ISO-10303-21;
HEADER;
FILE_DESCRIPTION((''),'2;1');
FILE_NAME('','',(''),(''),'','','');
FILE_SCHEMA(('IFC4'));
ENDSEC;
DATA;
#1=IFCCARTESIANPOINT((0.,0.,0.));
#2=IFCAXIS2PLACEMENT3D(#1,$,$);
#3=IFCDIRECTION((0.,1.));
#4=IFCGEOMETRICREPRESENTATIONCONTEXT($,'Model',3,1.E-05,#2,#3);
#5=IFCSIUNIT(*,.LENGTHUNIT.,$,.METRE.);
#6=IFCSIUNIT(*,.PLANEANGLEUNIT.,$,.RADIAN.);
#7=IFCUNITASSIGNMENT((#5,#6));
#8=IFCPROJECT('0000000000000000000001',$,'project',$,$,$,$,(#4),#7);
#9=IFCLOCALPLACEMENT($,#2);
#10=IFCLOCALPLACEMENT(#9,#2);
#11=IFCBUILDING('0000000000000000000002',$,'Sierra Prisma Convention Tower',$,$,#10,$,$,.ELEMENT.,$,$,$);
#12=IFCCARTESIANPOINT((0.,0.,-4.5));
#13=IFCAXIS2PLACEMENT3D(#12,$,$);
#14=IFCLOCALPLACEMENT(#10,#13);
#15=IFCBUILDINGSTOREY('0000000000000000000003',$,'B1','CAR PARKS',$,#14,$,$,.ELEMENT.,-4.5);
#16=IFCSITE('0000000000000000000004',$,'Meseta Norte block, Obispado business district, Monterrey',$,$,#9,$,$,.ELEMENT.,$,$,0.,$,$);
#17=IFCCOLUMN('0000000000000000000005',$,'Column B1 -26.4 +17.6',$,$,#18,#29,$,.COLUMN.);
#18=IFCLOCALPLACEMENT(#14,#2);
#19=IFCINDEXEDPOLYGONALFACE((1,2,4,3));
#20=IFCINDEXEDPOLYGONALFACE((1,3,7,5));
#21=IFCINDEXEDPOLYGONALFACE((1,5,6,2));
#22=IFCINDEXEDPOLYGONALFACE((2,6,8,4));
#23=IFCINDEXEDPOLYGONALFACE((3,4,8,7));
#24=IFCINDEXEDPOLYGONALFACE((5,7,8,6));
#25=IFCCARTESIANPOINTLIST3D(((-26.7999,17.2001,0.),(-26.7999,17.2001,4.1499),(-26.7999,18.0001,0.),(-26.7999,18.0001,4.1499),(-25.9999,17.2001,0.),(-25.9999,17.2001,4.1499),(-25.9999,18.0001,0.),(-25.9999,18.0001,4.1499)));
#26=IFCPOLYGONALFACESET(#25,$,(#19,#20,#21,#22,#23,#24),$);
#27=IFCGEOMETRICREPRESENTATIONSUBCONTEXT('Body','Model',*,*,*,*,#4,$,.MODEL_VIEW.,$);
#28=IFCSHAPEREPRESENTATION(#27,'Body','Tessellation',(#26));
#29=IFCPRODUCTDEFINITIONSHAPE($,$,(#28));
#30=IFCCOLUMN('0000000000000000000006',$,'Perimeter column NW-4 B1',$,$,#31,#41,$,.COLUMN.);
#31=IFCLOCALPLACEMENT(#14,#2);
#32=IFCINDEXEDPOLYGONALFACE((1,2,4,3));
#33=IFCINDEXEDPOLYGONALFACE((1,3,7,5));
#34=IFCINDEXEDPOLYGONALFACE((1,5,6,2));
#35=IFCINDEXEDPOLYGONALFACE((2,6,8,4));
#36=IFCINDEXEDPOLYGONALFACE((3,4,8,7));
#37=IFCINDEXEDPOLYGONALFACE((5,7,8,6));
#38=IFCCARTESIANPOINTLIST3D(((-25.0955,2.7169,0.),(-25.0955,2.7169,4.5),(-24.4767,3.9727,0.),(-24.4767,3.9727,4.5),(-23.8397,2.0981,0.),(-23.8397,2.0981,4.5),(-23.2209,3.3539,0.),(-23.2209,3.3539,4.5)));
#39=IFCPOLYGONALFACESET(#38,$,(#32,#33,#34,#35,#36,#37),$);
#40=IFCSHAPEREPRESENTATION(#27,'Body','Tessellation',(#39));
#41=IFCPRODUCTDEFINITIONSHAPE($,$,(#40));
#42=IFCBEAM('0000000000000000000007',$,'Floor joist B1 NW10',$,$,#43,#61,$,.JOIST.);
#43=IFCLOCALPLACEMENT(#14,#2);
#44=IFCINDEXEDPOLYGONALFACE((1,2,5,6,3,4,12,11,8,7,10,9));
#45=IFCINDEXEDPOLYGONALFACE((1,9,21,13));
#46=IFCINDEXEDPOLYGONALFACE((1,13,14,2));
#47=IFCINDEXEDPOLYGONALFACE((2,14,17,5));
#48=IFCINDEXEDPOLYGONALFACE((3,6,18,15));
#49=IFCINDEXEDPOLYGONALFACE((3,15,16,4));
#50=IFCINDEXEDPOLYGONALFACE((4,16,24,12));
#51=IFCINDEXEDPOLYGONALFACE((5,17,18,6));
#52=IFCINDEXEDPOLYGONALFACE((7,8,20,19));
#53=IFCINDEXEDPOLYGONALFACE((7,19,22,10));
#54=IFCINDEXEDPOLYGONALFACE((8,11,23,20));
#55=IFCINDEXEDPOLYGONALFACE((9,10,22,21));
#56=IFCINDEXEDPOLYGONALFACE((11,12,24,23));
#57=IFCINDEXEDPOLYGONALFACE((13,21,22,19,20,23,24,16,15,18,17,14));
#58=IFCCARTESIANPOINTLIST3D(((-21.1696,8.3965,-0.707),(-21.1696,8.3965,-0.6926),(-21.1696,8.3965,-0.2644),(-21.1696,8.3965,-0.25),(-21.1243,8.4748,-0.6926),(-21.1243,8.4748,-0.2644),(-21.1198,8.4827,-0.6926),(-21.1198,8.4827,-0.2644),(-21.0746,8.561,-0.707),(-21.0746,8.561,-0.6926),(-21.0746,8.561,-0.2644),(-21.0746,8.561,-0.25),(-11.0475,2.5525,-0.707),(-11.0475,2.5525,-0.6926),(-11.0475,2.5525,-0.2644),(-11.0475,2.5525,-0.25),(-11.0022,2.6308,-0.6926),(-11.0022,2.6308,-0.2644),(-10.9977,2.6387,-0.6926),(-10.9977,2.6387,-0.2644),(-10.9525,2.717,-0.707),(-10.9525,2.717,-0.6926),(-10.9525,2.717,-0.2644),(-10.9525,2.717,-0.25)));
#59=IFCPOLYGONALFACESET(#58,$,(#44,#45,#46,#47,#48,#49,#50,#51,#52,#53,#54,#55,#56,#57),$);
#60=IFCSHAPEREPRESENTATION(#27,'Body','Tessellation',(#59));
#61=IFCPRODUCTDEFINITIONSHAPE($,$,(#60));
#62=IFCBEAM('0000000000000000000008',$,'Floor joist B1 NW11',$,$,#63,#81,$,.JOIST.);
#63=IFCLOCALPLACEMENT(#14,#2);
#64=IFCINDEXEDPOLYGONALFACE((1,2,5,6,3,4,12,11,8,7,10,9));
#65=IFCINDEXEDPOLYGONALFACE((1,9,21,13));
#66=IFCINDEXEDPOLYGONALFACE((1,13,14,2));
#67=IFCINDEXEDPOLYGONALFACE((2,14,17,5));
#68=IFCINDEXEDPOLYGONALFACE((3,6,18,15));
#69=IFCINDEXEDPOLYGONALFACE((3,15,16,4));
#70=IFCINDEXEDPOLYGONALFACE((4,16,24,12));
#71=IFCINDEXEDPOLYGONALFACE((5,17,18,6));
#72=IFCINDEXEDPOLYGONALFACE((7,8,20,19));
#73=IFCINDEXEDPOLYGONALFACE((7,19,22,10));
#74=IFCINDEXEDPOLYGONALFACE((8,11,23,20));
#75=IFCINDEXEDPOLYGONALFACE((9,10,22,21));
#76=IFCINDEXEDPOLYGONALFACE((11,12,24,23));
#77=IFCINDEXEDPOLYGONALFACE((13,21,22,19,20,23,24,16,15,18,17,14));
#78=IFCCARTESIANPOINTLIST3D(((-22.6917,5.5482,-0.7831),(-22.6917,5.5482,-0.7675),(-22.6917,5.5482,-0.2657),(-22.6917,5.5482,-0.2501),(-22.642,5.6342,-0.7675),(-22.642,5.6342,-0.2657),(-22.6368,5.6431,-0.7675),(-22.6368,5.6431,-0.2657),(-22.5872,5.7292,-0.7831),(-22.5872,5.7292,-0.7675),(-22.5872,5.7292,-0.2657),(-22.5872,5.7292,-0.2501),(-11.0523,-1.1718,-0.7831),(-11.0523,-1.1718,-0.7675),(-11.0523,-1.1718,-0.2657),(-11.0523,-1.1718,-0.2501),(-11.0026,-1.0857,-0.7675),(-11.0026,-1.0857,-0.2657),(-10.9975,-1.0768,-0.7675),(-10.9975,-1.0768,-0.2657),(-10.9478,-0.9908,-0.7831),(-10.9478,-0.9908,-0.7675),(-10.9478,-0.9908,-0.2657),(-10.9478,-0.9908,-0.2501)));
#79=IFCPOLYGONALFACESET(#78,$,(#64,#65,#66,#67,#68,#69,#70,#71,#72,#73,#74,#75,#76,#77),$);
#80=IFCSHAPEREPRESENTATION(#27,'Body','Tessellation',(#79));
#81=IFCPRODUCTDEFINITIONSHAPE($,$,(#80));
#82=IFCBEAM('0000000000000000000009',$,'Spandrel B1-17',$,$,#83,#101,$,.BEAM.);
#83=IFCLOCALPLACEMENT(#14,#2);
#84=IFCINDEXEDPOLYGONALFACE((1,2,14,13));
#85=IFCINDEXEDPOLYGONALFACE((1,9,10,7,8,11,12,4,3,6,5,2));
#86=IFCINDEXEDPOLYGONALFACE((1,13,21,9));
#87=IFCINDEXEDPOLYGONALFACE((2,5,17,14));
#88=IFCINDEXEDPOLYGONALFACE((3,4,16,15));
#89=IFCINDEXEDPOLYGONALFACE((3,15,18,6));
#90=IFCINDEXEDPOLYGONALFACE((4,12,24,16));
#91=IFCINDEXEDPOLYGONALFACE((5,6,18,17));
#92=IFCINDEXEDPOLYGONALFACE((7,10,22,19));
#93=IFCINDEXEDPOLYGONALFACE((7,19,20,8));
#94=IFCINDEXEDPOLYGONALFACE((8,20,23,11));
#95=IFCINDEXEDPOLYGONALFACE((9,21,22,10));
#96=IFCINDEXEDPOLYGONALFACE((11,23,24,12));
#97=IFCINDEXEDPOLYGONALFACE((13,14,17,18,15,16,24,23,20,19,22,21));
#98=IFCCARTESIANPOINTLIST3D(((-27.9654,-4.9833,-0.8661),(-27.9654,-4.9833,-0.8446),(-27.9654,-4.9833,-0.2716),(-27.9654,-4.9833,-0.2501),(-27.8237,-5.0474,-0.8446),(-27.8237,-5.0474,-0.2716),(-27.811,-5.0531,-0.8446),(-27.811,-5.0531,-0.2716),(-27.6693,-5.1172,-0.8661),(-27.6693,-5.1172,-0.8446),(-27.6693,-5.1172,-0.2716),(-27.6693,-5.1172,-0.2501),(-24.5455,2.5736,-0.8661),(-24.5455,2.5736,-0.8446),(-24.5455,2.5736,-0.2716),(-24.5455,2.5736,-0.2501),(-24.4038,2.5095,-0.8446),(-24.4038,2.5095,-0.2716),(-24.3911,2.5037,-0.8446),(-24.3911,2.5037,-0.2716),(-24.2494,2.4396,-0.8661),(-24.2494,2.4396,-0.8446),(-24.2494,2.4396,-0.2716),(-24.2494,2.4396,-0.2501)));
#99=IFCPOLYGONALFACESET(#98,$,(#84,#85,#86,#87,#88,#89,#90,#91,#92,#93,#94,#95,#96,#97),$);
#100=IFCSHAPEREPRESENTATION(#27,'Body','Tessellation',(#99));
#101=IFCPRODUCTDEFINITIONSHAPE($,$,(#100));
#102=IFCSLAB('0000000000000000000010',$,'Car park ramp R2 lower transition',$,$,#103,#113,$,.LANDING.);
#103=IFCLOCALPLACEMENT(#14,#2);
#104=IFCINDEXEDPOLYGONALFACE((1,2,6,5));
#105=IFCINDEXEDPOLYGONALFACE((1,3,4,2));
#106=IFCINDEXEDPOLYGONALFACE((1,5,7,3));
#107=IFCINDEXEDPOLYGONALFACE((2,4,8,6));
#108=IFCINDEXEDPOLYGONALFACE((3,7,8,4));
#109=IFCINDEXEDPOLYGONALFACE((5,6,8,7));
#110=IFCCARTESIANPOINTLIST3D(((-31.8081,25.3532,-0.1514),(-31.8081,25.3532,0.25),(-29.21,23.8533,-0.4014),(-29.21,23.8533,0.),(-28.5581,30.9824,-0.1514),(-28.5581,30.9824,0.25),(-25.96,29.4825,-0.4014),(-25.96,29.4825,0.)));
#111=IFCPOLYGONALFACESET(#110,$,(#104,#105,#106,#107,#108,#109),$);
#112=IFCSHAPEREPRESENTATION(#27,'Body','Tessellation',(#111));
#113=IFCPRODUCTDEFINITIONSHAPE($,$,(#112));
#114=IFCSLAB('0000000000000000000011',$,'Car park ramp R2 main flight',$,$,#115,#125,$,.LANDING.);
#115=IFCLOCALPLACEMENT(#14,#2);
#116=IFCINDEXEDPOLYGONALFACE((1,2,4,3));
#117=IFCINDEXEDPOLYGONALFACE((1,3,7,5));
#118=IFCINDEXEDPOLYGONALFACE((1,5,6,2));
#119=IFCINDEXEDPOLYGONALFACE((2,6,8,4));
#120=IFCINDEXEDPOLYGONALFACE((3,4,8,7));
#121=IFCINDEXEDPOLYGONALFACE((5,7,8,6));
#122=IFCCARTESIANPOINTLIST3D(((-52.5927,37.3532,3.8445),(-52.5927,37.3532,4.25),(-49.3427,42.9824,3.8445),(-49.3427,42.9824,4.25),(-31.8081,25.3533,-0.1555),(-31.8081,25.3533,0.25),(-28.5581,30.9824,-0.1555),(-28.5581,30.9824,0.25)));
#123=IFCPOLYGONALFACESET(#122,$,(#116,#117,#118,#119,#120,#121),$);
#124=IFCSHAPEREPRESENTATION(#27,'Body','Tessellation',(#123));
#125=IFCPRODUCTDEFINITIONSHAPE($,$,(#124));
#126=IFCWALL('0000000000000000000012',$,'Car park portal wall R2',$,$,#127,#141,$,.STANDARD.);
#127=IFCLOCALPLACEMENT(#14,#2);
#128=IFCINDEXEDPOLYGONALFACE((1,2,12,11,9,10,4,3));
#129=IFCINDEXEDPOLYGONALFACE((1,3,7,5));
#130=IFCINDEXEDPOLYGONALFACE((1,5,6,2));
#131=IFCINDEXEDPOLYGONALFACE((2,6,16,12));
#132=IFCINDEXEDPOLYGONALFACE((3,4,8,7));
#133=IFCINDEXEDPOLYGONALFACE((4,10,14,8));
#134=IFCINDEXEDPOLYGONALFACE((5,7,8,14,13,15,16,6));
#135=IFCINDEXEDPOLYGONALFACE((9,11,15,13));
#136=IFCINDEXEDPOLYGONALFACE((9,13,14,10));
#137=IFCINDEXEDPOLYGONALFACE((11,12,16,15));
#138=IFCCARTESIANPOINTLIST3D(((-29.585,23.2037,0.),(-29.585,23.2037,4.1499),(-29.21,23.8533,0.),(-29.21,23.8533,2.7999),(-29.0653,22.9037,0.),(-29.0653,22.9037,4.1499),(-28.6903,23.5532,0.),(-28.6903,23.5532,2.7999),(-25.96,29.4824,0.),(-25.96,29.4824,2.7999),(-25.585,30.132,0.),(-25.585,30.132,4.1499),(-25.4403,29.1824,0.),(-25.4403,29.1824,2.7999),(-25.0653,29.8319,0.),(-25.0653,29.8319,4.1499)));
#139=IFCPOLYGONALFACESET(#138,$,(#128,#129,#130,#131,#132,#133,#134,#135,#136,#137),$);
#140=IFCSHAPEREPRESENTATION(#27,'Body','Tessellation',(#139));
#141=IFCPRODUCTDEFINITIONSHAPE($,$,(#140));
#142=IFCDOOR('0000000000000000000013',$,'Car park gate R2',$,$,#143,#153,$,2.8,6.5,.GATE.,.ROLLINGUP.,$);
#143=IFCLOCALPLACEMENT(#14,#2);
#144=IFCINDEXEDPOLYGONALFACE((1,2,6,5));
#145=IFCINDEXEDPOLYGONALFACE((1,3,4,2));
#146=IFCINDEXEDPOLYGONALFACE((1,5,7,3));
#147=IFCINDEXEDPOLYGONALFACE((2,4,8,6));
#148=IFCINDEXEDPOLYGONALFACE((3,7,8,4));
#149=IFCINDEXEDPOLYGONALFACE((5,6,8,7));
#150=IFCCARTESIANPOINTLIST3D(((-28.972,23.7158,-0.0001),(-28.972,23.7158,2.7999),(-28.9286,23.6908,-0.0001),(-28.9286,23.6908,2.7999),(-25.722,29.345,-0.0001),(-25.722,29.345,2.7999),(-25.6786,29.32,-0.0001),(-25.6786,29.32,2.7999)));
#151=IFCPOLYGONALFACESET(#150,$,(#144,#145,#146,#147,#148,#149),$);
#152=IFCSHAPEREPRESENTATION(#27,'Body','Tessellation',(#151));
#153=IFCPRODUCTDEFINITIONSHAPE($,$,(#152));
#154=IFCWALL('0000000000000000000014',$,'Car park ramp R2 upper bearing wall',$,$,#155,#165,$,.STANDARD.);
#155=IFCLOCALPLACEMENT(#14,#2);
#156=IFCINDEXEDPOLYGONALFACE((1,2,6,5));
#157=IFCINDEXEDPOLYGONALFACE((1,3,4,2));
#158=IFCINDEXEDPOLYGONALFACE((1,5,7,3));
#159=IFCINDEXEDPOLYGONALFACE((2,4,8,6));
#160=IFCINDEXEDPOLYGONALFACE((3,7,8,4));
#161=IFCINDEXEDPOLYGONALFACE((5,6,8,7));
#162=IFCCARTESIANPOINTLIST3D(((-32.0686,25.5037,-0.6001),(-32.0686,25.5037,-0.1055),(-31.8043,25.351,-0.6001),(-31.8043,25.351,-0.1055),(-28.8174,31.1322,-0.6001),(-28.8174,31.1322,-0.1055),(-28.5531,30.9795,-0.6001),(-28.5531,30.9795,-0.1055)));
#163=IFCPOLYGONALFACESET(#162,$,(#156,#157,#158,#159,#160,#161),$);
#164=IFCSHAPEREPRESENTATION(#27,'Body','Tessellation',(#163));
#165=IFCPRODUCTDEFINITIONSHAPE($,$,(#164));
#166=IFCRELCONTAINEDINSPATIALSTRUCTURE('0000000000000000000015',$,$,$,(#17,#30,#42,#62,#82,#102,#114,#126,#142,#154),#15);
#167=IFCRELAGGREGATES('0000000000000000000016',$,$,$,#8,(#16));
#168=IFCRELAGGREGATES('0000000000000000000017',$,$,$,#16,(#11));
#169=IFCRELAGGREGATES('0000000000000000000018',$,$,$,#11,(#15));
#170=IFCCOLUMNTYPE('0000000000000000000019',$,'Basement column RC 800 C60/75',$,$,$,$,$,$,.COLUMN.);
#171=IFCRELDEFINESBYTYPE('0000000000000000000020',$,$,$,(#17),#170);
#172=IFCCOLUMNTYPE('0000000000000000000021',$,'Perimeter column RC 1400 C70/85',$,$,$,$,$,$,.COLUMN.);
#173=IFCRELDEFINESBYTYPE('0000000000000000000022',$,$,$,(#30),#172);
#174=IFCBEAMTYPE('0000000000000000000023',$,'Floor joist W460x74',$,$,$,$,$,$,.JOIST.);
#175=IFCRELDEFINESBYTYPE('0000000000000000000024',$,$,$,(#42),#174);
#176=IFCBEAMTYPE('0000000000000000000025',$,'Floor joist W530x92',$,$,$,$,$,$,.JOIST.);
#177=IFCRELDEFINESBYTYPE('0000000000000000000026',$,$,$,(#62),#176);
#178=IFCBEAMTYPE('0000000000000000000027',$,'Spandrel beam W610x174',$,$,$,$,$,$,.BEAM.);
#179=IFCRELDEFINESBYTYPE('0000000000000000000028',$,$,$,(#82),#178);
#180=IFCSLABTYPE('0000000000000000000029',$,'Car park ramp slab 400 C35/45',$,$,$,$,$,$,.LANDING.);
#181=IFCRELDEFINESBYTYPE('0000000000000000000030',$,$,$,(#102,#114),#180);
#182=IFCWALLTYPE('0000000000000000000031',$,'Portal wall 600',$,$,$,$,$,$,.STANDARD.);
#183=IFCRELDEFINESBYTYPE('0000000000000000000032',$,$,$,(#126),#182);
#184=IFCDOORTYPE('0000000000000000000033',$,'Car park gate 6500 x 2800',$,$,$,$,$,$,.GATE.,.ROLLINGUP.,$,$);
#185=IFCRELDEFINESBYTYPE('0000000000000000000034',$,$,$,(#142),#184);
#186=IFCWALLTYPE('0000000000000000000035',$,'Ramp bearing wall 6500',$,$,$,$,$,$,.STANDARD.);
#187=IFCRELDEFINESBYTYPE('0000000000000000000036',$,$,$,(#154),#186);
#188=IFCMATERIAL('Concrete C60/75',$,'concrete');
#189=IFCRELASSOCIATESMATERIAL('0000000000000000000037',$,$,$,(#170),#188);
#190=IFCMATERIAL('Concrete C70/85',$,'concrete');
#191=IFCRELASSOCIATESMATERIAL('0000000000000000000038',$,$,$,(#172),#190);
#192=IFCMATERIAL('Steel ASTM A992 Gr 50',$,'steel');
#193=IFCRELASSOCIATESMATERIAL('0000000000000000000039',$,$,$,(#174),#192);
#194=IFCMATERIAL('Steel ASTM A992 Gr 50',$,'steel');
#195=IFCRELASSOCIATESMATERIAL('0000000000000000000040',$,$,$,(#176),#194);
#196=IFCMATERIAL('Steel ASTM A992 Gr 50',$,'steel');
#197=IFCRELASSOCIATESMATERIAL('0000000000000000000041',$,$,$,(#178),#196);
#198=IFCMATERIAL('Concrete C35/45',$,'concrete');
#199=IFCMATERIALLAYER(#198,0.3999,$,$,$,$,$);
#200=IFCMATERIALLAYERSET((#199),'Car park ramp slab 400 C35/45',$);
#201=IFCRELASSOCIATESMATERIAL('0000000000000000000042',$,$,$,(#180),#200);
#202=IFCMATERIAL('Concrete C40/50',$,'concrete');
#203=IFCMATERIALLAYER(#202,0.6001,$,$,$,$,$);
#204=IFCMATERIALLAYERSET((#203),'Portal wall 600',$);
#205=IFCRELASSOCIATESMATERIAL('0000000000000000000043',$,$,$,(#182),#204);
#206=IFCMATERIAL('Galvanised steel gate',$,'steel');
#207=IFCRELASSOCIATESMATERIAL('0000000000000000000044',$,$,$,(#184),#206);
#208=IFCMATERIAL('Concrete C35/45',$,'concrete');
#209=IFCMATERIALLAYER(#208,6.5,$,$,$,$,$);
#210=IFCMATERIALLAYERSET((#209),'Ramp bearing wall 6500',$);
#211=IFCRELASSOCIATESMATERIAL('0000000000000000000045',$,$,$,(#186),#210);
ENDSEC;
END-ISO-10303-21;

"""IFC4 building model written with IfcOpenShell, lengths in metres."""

from ifc_helpers import new_model, si_unit, direction, frame, frame_2d, origin, origin_2d, place, context, subcontext, project, spatial, polyline, rectangle, i_section, outline, extrude, material, layer, layer_set, material_profile, profile_set, type_object, element, fill, save


model = new_model("IFC4")

# Units and contexts
model_context = context("Model", 3, precision=1e-05, world=origin(), true_north=direction((0.0, 1.0)))
body_context = subcontext(model_context, "Body", "Model", "MODEL_VIEW")
ifc_project = project(units=[si_unit("LENGTHUNIT", "METRE"), si_unit("PLANEANGLEUNIT", "RADIAN")], contexts=[model_context])

# Site, building, storey
site_placement = place(None, origin())
site = spatial("IfcSite", under=ifc_project, at=site_placement, Name="Meseta Norte block, Obispado business district, Monterrey", CompositionType="ELEMENT", RefElevation=0.0)
building_placement = place(site_placement, origin())
building = spatial("IfcBuilding", under=site, at=building_placement, Name="Sierra Prisma Convention Tower", CompositionType="ELEMENT")
storey_placement = place(building_placement, frame((0.0, 0.0, -4.5)))
storey = spatial("IfcBuildingStorey", under=building, at=storey_placement, Name="B1", Description="CAR PARKS", CompositionType="ELEMENT", Elevation=-4.5)

# Columns
ifc_material_1 = material(Name="Concrete C60/75", Category="concrete")
ifc_material_profile_1 = material_profile(ifc_material_1, rectangle(XDim=0.8, YDim=0.8, at=origin_2d()), Name="Basement column RC 800 C60/75")
ifc_profile_set_1 = profile_set([ifc_material_profile_1], Name="Concrete C60/75")
column_type_1 = type_object("IfcColumnType", Name="Basement column RC 800 C60/75", PredefinedType="COLUMN", material=ifc_profile_set_1)
column_1_placement = place(storey_placement, frame((-26.3999, 17.6001, 0.0), z_axis=(0.0, 0.0, 1.0), x_axis=(1.0, 0.0, 0.0)))
element("IfcColumn", 1, at=column_1_placement, inside=storey, type_object=column_type_1, Name="Column B1 -26.4 +17.6", PredefinedType="COLUMN", context=body_context, shape_type="SweptSolid", body=[
    extrude(rectangle(XDim=0.8, YDim=0.8, at=origin_2d()), origin(), (0.0, 0.0, 1.0), 4.1499),
])
ifc_material_2 = material(Name="Concrete C70/85", Category="concrete")
ifc_material_profile_2 = material_profile(ifc_material_2, rectangle(XDim=1.3999, YDim=1.3999, at=origin_2d()), Name="Perimeter column RC 1400 C70/85")
ifc_profile_set_2 = profile_set([ifc_material_profile_2], Name="Concrete C70/85")
column_type_2 = type_object("IfcColumnType", Name="Perimeter column RC 1400 C70/85", PredefinedType="COLUMN", material=ifc_profile_set_2)
column_2_placement = place(storey_placement, frame((-24.1582, 3.0354, 0.0), z_axis=(0.0, 0.0, 1.0), x_axis=(0.442023, 0.897004, 0.0)))
element("IfcColumn", 2, at=column_2_placement, inside=storey, type_object=column_type_2, Name="Perimeter column NW-4 B1", PredefinedType="COLUMN", context=body_context, shape_type="SweptSolid", body=[
    extrude(rectangle(XDim=1.3999, YDim=1.3999, at=origin_2d()), origin(), (0.0, 0.0, 1.0), 4.5),
])

# Beams
ifc_material_3 = material(Name="Steel ASTM A992 Gr 50", Category="steel")
ifc_material_profile_3 = material_profile(ifc_material_3, i_section(OverallWidth=0.1899, OverallDepth=0.457, WebThickness=0.009, FlangeThickness=0.0144, at=origin_2d()), Name="W460x74")
ifc_profile_set_3 = profile_set([ifc_material_profile_3], Name="Steel ASTM A992 Gr 50")
beam_type_1 = type_object("IfcBeamType", Name="Floor joist W460x74", PredefinedType="JOIST", material=ifc_profile_set_3)
beam_1_placement = place(storey_placement, frame((-21.1221, 8.4788, -0.4785), z_axis=(0.866025, -0.500001, 0.0), x_axis=(0.500001, 0.866025, 0.0)))
element("IfcBeam", 3, at=beam_1_placement, inside=storey, type_object=beam_type_1, Name="Floor joist B1 NW10", PredefinedType="JOIST", context=body_context, shape_type="SweptSolid", body=[
    extrude(i_section(OverallWidth=0.1899, OverallDepth=0.457, WebThickness=0.009, FlangeThickness=0.0144, at=origin_2d()), origin(), (0.0, 0.0, 1.0), 11.688),
])
ifc_material_4 = material(Name="Steel ASTM A992 Gr 50", Category="steel")
ifc_material_profile_4 = material_profile(ifc_material_4, i_section(OverallWidth=0.209, OverallDepth=0.533, WebThickness=0.0103, FlangeThickness=0.0156, at=origin_2d()), Name="W530x92")
ifc_profile_set_4 = profile_set([ifc_material_profile_4], Name="Steel ASTM A992 Gr 50")
beam_type_2 = type_object("IfcBeamType", Name="Floor joist W530x92", PredefinedType="JOIST", material=ifc_profile_set_4)
beam_2_placement = place(storey_placement, frame((-22.6394, 5.6387, -0.5166), z_axis=(0.866027, -0.499998, 0.0), x_axis=(0.499998, 0.866027, 0.0)))
element("IfcBeam", 4, at=beam_2_placement, inside=storey, type_object=beam_type_2, Name="Floor joist B1 NW11", PredefinedType="JOIST", context=body_context, shape_type="SweptSolid", body=[
    extrude(i_section(OverallWidth=0.209, OverallDepth=0.533, WebThickness=0.0103, FlangeThickness=0.0156, at=origin_2d()), origin(), (0.0, 0.0, 1.0), 13.4399),
])
ifc_material_5 = material(Name="Steel ASTM A992 Gr 50", Category="steel")
ifc_material_profile_5 = material_profile(ifc_material_5, i_section(OverallWidth=0.325, OverallDepth=0.616, WebThickness=0.0139, FlangeThickness=0.0215, at=origin_2d()), Name="W610x174")
ifc_profile_set_5 = profile_set([ifc_material_profile_5], Name="Steel ASTM A992 Gr 50")
beam_type_3 = type_object("IfcBeamType", Name="Spandrel beam W610x174", PredefinedType="BEAM", material=ifc_profile_set_5)
beam_3_placement = place(storey_placement, frame((-24.3975, 2.5066, -0.5581), z_axis=(-0.412301, -0.911048, 0.0), x_axis=(0.911048, -0.412301, 0.0)))
element("IfcBeam", 5, at=beam_3_placement, inside=storey, type_object=beam_type_3, Name="Spandrel B1-17", PredefinedType="BEAM", context=body_context, shape_type="SweptSolid", body=[
    extrude(i_section(OverallWidth=0.325, OverallDepth=0.616, WebThickness=0.0139, FlangeThickness=0.0215, at=origin_2d()), origin(), (0.0, 0.0, 1.0), 8.2947),
])

# Slabs
ifc_material_6 = material(Name="Concrete C35/45", Category="concrete")
ifc_layer_1 = layer(ifc_material_6, 0.3999)
ifc_layer_set_1 = layer_set([ifc_layer_1], Name="Car park ramp slab 400 C35/45")
slab_type = type_object("IfcSlabType", Name="Car park ramp slab 400 C35/45", PredefinedType="LANDING", material=ifc_layer_set_1)
slab_1_placement = place(storey_placement, frame((-29.21, 23.8533, 0.0), z_axis=(0.0, 0.0, 1.0), x_axis=(-0.866031, 0.49999, 0.0)))
element("IfcSlab", 6, at=slab_1_placement, inside=storey, type_object=slab_type, Name="Car park ramp R2 lower transition", PredefinedType="LANDING", context=body_context, shape_type="SweptSolid", body=[
    extrude(outline(polyline([(0.0, -0.4014), (3.0, -0.1514), (3.0, 0.25), (0.0, 0.0), (0.0, -0.4014)])), frame((0.0, 0.0, 0.0), z_axis=(0.0, -1.0, 0.0), x_axis=(1.0, 0.0, 0.0)), (0.0, 0.0, 1.0), 6.5),
])
slab_2_placement = place(storey_placement, frame((-31.8081, 25.3533, 0.25), z_axis=(0.0, 0.0, 1.0), x_axis=(-0.866026, 0.499999, 0.0)))
element("IfcSlab", 7, at=slab_2_placement, inside=storey, type_object=slab_type, Name="Car park ramp R2 main flight", PredefinedType="LANDING", context=body_context, shape_type="SweptSolid", body=[
    extrude(outline(polyline([(0.0, -0.4055), (24.0, 3.5945), (24.0, 4.0), (0.0, 0.0), (0.0, -0.4055)])), frame((0.0, 0.0, 0.0), z_axis=(0.0, -1.0, 0.0), x_axis=(1.0, 0.0, 0.0)), (0.0, 0.0, 1.0), 6.5),
])

# Wall, opening, door
ifc_material_7 = material(Name="Concrete C40/50", Category="concrete")
ifc_layer_2 = layer(ifc_material_7, 0.6001)
ifc_layer_set_2 = layer_set([ifc_layer_2], Name="Portal wall 600")
wall_type_1 = type_object("IfcWallType", Name="Portal wall 600", PredefinedType="STANDARD", material=ifc_layer_set_2)
wall_1_placement = place(storey_placement, frame((-25.3252, 29.9819, 0.0), z_axis=(0.0, 0.0, 1.0), x_axis=(-0.499999, -0.866026, 0.0)))
wall_1 = element("IfcWall", 8, at=wall_1_placement, inside=storey, type_object=wall_type_1, Name="Car park portal wall R2", PredefinedType="STANDARD", context=body_context, shape_type="SweptSolid", body=[
    extrude(rectangle(XDim=8.0, YDim=0.6001, at=frame_2d((4.0, 0.0))), origin(), (0.0, 0.0, 1.0), 4.1499),
])
opening_placement = place(wall_1_placement, frame((0.75, 0.0, 0.0)))
opening = element("IfcOpeningElement", 9, at=opening_placement, cuts=wall_1, PredefinedType="OPENING", context=body_context, shape_type="SweptSolid", body=[
    extrude(rectangle(XDim=6.5, YDim=2.8, at=frame_2d((3.25, 1.3999))), frame((0.0, 0.3, 0.0), z_axis=(0.0, -1.0, 0.0), x_axis=(1.0, 0.0, 0.0)), (0.0, 0.0, 1.0), 0.6001),
])
ifc_material_8 = material(Name="Galvanised steel gate", Category="steel")
door_type = type_object("IfcDoorType", Name="Car park gate 6500 x 2800", OperationType="ROLLINGUP", PredefinedType="GATE", material=ifc_material_8)
door_placement = place(opening_placement, origin())
door = element("IfcDoor", 10, at=door_placement, inside=storey, type_object=door_type, Name="Car park gate R2", OperationType="ROLLINGUP", OverallHeight=2.8, OverallWidth=6.5, PredefinedType="GATE", context=body_context, shape_type="SweptSolid", body=[
    extrude(rectangle(XDim=6.5, YDim=2.8, at=frame_2d((3.25, 1.3999))), frame((0.0, 0.0249, 0.0), z_axis=(0.0, -1.0, 0.0), x_axis=(1.0, 0.0, 0.0)), (0.0, 0.0, 1.0), 0.05),
])
fill(opening, door)

# Wall
ifc_material_9 = material(Name="Concrete C35/45", Category="concrete")
ifc_layer_3 = layer(ifc_material_9, 6.5)
ifc_layer_set_3 = layer_set([ifc_layer_3], Name="Ramp bearing wall 6500")
wall_type_2 = type_object("IfcWallType", Name="Ramp bearing wall 6500", PredefinedType="STANDARD", material=ifc_layer_set_3)
wall_2_placement = place(storey_placement, frame((-30.1787, 28.1653, -0.6001), z_axis=(0.0, 0.0, 1.0), x_axis=(-0.865919, 0.500184, 0.0)))
element("IfcWall", 11, at=wall_2_placement, inside=storey, type_object=wall_type_2, Name="Car park ramp R2 upper bearing wall", PredefinedType="STANDARD", context=body_context, shape_type="SweptSolid", body=[
    extrude(rectangle(XDim=0.3052, YDim=6.5, at=frame_2d((0.1526, 0.0))), origin(), (0.0, 0.0, 1.0), 0.4946),
])

save(model, "model.ifc")
